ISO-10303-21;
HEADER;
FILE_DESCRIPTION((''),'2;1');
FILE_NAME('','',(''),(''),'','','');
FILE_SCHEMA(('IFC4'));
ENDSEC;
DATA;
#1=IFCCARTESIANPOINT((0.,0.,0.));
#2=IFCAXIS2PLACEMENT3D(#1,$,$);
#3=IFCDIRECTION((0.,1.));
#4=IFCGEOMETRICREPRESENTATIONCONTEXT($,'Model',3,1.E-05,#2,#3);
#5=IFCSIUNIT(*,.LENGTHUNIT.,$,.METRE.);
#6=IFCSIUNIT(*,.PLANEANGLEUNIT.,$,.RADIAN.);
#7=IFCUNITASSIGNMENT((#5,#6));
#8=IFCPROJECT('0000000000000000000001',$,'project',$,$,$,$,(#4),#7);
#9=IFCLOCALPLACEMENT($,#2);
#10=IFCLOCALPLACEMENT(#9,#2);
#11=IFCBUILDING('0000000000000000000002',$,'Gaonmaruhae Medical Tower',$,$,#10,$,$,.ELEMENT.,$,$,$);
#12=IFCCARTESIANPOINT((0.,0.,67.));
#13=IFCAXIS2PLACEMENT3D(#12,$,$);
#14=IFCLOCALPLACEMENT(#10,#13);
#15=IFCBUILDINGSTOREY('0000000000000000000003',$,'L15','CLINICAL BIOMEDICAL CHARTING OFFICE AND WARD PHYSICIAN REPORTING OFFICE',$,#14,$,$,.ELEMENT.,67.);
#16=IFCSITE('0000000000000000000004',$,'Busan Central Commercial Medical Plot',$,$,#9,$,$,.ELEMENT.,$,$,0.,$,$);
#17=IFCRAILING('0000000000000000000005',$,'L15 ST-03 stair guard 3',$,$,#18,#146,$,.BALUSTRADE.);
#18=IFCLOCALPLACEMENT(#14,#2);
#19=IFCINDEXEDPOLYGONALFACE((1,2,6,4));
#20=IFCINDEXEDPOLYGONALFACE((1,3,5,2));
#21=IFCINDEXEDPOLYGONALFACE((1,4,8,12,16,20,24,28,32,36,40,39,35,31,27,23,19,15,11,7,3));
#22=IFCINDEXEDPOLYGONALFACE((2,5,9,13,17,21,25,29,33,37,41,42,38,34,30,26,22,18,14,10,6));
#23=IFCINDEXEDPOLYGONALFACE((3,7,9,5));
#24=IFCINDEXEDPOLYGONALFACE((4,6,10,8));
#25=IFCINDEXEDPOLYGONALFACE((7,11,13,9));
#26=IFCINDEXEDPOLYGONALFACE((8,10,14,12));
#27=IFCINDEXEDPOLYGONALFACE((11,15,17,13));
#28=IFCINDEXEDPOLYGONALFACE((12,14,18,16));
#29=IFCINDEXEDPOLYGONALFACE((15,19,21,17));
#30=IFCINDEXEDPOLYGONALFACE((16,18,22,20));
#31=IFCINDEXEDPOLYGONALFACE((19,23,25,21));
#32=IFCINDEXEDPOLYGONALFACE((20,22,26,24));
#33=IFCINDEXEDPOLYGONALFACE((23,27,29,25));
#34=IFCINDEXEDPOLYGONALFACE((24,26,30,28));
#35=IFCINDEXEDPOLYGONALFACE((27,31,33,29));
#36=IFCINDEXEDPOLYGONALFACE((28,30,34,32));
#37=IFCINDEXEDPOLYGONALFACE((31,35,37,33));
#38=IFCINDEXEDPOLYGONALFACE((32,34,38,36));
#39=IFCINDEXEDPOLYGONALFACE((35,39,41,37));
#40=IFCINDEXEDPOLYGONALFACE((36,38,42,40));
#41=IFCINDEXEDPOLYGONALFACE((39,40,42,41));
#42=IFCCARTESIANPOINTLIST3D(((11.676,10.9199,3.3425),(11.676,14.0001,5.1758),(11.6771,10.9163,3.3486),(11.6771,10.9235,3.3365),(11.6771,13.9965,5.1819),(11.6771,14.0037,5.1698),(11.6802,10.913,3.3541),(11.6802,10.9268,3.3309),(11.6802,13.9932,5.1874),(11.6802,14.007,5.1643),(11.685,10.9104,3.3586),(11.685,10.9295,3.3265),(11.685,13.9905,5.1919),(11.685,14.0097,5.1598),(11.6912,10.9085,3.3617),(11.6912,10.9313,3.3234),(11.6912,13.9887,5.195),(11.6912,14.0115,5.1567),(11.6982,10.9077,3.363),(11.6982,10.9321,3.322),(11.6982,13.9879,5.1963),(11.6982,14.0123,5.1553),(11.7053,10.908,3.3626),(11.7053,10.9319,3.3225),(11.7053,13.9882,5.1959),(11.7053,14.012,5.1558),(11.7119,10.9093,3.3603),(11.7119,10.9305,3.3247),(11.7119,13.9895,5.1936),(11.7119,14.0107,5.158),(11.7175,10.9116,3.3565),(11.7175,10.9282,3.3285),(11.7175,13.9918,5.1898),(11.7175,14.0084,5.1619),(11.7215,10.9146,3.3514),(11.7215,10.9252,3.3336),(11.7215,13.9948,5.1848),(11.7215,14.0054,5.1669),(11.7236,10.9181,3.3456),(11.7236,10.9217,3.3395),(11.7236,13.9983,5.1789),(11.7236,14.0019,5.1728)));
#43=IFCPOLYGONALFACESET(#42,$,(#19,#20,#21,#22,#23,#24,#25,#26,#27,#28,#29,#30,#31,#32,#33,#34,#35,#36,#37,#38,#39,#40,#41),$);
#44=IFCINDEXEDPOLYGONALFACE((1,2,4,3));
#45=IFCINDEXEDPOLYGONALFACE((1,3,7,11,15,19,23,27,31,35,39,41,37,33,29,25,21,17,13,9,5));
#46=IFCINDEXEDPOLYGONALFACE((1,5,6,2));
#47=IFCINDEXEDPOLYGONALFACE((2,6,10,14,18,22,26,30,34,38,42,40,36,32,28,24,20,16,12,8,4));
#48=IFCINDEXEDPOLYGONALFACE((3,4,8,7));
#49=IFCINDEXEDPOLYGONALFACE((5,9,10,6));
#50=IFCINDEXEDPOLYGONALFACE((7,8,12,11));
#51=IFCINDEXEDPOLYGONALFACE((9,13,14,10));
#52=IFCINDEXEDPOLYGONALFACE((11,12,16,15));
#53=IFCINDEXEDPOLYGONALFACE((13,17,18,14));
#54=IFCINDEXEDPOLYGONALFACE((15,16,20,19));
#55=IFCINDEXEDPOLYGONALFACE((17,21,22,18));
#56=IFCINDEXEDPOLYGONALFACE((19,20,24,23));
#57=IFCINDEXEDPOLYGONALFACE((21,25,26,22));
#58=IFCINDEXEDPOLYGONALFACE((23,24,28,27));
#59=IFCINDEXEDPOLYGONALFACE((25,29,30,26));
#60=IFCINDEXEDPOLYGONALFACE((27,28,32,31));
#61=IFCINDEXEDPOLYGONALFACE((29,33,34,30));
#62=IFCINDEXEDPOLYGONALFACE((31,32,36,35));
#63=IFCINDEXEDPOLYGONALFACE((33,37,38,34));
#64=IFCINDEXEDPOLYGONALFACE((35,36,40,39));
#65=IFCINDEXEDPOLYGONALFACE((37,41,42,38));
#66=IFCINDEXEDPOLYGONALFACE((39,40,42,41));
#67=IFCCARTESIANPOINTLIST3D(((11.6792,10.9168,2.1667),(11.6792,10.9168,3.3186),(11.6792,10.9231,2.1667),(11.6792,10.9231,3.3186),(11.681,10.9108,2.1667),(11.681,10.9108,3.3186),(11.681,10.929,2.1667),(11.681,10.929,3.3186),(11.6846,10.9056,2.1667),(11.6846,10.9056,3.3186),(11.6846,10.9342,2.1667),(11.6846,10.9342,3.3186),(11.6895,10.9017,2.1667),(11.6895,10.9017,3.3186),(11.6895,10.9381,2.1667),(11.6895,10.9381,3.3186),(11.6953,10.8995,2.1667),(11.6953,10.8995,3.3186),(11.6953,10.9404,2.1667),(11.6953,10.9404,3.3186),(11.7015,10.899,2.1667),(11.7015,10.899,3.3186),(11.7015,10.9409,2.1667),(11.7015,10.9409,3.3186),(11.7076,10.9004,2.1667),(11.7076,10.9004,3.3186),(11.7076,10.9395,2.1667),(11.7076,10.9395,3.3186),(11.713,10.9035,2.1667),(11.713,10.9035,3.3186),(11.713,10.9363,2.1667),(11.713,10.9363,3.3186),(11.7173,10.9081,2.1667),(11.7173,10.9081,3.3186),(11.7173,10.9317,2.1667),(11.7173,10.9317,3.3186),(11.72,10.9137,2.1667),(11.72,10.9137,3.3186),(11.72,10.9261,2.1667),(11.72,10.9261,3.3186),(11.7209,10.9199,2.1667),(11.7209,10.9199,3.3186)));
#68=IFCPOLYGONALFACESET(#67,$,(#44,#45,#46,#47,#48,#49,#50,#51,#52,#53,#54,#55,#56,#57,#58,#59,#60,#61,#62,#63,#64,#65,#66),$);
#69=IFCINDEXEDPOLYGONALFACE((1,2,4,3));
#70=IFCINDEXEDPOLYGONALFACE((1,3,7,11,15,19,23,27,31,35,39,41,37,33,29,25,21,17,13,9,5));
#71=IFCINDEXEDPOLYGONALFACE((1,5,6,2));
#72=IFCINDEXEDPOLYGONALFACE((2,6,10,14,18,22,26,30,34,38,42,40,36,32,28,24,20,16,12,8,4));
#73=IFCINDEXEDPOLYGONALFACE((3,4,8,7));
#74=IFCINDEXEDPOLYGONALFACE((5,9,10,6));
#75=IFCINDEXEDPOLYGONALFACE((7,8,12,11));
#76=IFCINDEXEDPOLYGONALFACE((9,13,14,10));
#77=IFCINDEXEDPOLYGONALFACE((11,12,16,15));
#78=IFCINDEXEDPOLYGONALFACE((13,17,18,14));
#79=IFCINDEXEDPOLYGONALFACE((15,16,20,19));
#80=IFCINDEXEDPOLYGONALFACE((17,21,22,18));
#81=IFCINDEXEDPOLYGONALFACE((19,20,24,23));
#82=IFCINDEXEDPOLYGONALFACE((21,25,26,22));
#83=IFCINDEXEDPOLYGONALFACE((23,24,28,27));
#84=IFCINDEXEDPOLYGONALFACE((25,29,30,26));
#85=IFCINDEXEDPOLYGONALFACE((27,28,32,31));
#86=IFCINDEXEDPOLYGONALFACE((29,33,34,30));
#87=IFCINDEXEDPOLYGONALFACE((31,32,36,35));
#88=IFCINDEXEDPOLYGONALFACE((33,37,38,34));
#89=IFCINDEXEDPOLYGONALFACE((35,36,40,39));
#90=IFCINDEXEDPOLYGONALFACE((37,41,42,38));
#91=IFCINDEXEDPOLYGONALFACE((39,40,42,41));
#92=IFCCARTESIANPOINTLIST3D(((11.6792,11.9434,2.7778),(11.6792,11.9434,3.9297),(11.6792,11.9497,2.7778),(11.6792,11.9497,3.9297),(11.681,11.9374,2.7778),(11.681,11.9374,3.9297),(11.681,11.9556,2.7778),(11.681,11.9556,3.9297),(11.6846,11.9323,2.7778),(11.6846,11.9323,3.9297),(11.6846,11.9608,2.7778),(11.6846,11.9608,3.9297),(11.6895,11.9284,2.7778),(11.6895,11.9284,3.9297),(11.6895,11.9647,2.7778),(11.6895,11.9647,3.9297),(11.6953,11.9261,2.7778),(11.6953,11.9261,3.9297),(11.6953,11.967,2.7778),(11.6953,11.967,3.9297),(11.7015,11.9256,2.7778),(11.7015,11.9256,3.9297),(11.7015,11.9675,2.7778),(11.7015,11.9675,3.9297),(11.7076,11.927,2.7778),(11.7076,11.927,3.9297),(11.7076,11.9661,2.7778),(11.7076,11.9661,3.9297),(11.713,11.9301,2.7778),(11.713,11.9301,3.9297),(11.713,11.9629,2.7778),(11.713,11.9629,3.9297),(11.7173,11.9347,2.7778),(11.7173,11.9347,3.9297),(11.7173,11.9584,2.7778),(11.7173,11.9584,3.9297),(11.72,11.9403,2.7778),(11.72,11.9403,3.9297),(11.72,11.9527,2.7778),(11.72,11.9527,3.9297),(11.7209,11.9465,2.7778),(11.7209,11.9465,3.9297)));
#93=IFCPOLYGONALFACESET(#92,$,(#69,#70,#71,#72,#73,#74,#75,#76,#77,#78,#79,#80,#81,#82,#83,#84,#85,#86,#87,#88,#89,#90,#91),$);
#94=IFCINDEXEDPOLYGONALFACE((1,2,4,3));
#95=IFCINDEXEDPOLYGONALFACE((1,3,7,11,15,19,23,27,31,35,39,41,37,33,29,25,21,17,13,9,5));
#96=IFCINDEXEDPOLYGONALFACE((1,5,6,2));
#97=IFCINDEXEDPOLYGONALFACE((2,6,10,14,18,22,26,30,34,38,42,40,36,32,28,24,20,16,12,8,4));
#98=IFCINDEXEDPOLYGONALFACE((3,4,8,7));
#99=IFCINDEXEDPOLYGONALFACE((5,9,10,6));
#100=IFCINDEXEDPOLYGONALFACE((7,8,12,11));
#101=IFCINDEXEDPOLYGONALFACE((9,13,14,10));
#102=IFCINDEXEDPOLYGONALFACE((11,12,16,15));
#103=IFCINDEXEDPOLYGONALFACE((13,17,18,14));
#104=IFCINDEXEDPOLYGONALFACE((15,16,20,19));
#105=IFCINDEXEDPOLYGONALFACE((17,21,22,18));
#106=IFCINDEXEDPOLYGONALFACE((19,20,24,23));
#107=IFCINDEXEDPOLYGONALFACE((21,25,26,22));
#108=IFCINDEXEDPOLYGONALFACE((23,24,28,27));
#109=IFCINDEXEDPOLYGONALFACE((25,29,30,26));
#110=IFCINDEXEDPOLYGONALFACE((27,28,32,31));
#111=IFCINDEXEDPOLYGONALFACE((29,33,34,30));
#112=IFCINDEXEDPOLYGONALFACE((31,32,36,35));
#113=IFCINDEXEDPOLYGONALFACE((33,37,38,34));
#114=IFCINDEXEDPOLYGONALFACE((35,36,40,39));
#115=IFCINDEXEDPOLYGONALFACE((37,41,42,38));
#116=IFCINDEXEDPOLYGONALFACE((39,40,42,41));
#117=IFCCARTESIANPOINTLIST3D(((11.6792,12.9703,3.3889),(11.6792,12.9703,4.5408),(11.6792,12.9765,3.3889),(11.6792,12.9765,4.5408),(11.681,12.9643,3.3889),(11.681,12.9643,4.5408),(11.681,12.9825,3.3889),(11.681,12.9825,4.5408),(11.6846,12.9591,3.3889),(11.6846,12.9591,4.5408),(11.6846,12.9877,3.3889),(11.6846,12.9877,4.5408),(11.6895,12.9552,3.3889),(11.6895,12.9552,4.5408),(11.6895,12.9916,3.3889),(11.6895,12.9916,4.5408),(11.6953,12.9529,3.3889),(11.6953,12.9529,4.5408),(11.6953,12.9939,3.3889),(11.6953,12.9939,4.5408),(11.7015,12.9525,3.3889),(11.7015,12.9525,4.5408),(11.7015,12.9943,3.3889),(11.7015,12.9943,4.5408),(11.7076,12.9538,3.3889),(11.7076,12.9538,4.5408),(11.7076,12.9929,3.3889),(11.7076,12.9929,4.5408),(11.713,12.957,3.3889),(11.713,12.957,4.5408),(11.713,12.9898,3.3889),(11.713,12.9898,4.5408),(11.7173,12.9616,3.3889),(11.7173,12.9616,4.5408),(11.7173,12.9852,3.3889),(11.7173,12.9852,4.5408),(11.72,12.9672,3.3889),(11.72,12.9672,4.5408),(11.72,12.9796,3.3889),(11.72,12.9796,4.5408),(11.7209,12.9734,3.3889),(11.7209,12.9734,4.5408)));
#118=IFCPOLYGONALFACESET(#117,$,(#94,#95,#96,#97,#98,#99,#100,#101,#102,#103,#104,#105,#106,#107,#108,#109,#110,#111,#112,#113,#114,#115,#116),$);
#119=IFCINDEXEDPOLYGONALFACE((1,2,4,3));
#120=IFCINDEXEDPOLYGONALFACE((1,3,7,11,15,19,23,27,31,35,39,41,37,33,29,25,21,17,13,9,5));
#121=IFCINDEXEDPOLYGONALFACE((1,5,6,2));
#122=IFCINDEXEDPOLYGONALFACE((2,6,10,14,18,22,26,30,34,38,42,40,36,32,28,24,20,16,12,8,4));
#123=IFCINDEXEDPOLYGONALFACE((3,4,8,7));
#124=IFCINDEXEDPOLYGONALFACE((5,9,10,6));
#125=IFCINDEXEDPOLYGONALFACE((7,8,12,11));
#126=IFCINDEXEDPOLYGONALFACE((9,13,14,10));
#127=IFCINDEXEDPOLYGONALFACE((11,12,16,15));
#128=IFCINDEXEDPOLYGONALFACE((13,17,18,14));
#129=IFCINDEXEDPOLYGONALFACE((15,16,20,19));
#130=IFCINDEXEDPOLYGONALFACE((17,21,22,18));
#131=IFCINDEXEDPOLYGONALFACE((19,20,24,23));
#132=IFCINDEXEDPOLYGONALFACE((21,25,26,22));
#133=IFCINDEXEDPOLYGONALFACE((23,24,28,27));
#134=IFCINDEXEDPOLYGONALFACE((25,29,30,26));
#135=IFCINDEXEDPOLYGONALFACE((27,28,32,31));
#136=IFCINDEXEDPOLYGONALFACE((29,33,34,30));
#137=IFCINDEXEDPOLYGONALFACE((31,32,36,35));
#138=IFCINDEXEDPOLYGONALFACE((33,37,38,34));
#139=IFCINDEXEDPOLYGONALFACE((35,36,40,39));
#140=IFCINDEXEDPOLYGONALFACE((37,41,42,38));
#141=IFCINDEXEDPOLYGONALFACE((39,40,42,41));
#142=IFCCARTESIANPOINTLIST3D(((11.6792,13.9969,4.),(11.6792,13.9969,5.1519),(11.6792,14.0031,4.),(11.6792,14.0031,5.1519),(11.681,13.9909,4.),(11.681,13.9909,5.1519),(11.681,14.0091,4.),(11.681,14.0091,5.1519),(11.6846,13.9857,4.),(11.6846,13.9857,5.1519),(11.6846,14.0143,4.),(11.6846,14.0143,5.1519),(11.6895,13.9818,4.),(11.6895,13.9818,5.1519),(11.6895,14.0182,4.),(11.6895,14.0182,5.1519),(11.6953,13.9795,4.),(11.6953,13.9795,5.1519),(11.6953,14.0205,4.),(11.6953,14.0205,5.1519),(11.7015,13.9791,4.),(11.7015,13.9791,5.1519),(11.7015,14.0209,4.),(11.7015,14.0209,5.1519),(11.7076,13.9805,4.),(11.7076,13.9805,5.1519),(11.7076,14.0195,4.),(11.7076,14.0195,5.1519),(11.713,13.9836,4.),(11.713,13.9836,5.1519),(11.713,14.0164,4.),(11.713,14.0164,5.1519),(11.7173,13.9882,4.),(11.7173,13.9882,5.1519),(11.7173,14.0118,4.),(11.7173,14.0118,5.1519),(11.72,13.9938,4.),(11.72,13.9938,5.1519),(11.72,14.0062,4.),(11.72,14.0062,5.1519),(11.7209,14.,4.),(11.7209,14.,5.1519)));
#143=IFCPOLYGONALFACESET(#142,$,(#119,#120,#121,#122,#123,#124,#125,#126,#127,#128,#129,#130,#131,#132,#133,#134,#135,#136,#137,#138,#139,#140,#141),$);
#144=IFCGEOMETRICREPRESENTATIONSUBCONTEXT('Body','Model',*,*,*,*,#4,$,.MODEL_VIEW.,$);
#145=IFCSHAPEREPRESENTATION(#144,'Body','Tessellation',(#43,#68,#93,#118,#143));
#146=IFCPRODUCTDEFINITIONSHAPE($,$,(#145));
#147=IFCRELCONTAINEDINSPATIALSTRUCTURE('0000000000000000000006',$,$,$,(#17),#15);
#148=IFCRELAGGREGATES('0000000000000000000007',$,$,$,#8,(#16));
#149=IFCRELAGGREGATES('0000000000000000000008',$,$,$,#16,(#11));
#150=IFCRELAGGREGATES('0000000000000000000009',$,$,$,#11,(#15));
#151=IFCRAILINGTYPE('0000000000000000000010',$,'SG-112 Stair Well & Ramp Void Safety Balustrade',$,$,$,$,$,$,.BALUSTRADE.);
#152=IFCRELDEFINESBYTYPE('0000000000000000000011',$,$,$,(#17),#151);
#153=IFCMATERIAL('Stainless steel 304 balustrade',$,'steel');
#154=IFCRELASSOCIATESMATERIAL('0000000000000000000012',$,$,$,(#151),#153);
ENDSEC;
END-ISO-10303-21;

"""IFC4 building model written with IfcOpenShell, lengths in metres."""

from ifc_helpers import new_model, si_unit, direction, frame, origin, origin_2d, place, context, subcontext, project, spatial, circle, extrude, material, type_object, element, save


model = new_model("IFC4")

# Units and contexts
model_context = context("Model", 3, precision=1e-05, world=origin(), true_north=direction((0.0, 1.0)))
body_context = subcontext(model_context, "Body", "Model", "MODEL_VIEW")
ifc_project = project(units=[si_unit("LENGTHUNIT", "METRE"), si_unit("PLANEANGLEUNIT", "RADIAN")], contexts=[model_context])

# Site, building, storey
site_placement = place(None, origin())
site = spatial("IfcSite", under=ifc_project, at=site_placement, Name="Busan Central Commercial Medical Plot", CompositionType="ELEMENT", RefElevation=0.0)
building_placement = place(site_placement, origin())
building = spatial("IfcBuilding", under=site, at=building_placement, Name="Gaonmaruhae Medical Tower", CompositionType="ELEMENT")
storey_placement = place(building_placement, frame((0.0, 0.0, 67.0)))
storey = spatial("IfcBuildingStorey", under=building, at=storey_placement, Name="L15", Description="CLINICAL BIOMEDICAL CHARTING OFFICE AND WARD PHYSICIAN REPORTING OFFICE", CompositionType="ELEMENT", Elevation=67.0)

# Railing
ifc_material_1 = material(Name="Stainless steel 304 balustrade", Category="steel")
railing_type_1 = type_object("IfcRailingType", Name="SG-112 Stair Well & Ramp Void Safety Balustrade", PredefinedType="BALUSTRADE", material=ifc_material_1)
railing_1_placement = place(storey_placement, frame((11.7, 10.9199, 2.1667)))
element("IfcRailing", 1, at=railing_1_placement, inside=storey, type_object=railing_type_1, Name="L15 ST-03 stair guard 3", PredefinedType="BALUSTRADE", context=body_context, shape_type="SweptSolid", body=[
    extrude(circle(Radius=0.0239, at=origin_2d()), frame((0.0, 0.0, 1.1758), z_axis=(0.0, 0.859309, 0.511458), x_axis=(-1.0, 0.0, 0.0)), (0.0, 0.0, 1.0), 3.5845),
    extrude(circle(Radius=0.021, at=origin_2d()), origin(), (0.0, 0.0, 1.0), 1.1519),
    extrude(circle(Radius=0.021, at=origin_2d()), frame((0.0, 1.0266, 0.6111)), (0.0, 0.0, 1.0), 1.1519),
    extrude(circle(Radius=0.021, at=origin_2d()), frame((0.0, 2.0535, 1.2222)), (0.0, 0.0, 1.0), 1.1519),
    extrude(circle(Radius=0.021, at=origin_2d()), frame((0.0, 3.0801, 1.8333)), (0.0, 0.0, 1.0), 1.1519),
])

save(model, "model.ifc")
